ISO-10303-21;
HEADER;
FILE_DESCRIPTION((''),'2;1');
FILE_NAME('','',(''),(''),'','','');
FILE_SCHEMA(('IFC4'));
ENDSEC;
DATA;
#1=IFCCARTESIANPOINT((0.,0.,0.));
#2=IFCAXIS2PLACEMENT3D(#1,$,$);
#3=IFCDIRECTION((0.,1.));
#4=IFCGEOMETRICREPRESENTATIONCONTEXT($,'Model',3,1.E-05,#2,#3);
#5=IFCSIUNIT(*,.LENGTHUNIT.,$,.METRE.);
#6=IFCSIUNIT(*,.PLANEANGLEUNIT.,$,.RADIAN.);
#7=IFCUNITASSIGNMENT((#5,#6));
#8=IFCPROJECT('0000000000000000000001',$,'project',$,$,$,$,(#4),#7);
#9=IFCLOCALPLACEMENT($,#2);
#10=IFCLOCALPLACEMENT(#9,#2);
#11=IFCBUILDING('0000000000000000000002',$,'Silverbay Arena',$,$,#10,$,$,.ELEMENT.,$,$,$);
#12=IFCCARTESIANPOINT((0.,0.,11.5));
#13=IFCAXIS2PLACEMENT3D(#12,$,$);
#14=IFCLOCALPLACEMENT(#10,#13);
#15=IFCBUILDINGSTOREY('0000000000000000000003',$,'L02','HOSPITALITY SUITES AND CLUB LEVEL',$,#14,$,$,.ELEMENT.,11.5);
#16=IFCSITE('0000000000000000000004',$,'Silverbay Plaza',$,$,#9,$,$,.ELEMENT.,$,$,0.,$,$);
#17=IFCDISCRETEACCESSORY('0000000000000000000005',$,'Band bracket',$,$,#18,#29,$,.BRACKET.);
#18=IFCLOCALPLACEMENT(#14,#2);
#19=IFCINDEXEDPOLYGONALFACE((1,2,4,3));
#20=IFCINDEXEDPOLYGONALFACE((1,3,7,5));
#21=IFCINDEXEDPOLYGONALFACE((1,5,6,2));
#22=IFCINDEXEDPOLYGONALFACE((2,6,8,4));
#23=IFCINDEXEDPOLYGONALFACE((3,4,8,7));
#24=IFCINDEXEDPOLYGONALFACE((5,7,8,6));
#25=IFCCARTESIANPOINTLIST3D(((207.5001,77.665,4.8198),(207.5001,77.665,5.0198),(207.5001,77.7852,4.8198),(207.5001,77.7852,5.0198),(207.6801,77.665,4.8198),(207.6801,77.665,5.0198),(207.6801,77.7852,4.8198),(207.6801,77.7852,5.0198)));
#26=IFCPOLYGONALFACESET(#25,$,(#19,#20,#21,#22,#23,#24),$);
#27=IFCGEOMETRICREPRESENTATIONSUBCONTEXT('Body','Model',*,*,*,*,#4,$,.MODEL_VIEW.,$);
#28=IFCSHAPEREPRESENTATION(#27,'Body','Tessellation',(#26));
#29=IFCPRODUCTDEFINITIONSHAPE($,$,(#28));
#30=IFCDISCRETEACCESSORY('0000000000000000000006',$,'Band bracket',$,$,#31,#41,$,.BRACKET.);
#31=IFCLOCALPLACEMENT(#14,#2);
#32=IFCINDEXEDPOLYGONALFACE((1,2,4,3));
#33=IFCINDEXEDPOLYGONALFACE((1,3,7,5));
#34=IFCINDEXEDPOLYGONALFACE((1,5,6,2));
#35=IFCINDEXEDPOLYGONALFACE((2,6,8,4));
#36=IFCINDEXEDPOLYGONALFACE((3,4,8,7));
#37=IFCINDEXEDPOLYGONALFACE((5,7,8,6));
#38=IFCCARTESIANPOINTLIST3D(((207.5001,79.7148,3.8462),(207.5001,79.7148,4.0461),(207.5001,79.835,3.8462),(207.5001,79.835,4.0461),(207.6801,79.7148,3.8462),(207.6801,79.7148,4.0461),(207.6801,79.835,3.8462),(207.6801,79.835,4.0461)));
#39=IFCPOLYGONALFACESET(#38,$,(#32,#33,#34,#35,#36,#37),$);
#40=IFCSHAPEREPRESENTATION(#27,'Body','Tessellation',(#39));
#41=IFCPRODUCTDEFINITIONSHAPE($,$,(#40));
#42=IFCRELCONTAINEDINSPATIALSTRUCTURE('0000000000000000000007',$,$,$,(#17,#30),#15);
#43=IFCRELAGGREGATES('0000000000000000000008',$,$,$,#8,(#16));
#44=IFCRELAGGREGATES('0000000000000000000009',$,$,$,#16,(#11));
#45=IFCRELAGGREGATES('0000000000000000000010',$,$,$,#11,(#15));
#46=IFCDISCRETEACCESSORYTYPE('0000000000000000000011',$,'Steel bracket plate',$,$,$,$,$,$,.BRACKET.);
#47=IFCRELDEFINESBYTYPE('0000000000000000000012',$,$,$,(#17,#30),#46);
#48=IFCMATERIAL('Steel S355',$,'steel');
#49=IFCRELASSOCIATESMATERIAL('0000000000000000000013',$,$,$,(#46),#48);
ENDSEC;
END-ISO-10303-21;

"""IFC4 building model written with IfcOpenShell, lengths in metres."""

from ifc_helpers import new_model, si_unit, direction, frame, origin, origin_2d, place, context, subcontext, project, spatial, rectangle, extrude, material, type_object, element, save


model = new_model("IFC4")

# Units and contexts
model_context = context("Model", 3, precision=1e-05, world=origin(), true_north=direction((0.0, 1.0)))
body_context = subcontext(model_context, "Body", "Model", "MODEL_VIEW")
ifc_project = project(units=[si_unit("LENGTHUNIT", "METRE"), si_unit("PLANEANGLEUNIT", "RADIAN")], contexts=[model_context])

# Site, building, storey
site_placement = place(None, origin())
site = spatial("IfcSite", under=ifc_project, at=site_placement, Name="Silverbay Plaza", CompositionType="ELEMENT", RefElevation=0.0)
building_placement = place(site_placement, origin())
building = spatial("IfcBuilding", under=site, at=building_placement, Name="Silverbay Arena", CompositionType="ELEMENT")
storey_placement = place(building_placement, frame((0.0, 0.0, 11.5)))
storey = spatial("IfcBuildingStorey", under=building, at=storey_placement, Name="L02", Description="HOSPITALITY SUITES AND CLUB LEVEL", CompositionType="ELEMENT", Elevation=11.5)

# Discrete accessories
ifc_material_1 = material(Name="Steel S355", Category="steel")
discrete_accessory_type = type_object("IfcDiscreteAccessoryType", Name="Steel bracket plate", PredefinedType="BRACKET", material=ifc_material_1)
for number, where, z_axis, x_axis, name in (
    (1, (207.5901, 77.7251, 4.8198), (0.0, 0.0, 1.0), (1.0, 0.0, 0.0), "Band bracket"),
    (2, (207.5901, 79.7749, 3.8462), (0.0, 0.0, 1.0), (1.0, 0.0, 0.0), "Band bracket"),
):
    element("IfcDiscreteAccessory", number, at=place(storey_placement, frame(where, z_axis=z_axis, x_axis=x_axis)), inside=storey, type_object=discrete_accessory_type, Name=name, PredefinedType="BRACKET", context=body_context, shape_type="SweptSolid", body=[
        extrude(rectangle(XDim=0.1799, YDim=0.1201, at=origin_2d()), origin(), (0.0, 0.0, 1.0), 0.2),
    ])

save(model, "model.ifc")
